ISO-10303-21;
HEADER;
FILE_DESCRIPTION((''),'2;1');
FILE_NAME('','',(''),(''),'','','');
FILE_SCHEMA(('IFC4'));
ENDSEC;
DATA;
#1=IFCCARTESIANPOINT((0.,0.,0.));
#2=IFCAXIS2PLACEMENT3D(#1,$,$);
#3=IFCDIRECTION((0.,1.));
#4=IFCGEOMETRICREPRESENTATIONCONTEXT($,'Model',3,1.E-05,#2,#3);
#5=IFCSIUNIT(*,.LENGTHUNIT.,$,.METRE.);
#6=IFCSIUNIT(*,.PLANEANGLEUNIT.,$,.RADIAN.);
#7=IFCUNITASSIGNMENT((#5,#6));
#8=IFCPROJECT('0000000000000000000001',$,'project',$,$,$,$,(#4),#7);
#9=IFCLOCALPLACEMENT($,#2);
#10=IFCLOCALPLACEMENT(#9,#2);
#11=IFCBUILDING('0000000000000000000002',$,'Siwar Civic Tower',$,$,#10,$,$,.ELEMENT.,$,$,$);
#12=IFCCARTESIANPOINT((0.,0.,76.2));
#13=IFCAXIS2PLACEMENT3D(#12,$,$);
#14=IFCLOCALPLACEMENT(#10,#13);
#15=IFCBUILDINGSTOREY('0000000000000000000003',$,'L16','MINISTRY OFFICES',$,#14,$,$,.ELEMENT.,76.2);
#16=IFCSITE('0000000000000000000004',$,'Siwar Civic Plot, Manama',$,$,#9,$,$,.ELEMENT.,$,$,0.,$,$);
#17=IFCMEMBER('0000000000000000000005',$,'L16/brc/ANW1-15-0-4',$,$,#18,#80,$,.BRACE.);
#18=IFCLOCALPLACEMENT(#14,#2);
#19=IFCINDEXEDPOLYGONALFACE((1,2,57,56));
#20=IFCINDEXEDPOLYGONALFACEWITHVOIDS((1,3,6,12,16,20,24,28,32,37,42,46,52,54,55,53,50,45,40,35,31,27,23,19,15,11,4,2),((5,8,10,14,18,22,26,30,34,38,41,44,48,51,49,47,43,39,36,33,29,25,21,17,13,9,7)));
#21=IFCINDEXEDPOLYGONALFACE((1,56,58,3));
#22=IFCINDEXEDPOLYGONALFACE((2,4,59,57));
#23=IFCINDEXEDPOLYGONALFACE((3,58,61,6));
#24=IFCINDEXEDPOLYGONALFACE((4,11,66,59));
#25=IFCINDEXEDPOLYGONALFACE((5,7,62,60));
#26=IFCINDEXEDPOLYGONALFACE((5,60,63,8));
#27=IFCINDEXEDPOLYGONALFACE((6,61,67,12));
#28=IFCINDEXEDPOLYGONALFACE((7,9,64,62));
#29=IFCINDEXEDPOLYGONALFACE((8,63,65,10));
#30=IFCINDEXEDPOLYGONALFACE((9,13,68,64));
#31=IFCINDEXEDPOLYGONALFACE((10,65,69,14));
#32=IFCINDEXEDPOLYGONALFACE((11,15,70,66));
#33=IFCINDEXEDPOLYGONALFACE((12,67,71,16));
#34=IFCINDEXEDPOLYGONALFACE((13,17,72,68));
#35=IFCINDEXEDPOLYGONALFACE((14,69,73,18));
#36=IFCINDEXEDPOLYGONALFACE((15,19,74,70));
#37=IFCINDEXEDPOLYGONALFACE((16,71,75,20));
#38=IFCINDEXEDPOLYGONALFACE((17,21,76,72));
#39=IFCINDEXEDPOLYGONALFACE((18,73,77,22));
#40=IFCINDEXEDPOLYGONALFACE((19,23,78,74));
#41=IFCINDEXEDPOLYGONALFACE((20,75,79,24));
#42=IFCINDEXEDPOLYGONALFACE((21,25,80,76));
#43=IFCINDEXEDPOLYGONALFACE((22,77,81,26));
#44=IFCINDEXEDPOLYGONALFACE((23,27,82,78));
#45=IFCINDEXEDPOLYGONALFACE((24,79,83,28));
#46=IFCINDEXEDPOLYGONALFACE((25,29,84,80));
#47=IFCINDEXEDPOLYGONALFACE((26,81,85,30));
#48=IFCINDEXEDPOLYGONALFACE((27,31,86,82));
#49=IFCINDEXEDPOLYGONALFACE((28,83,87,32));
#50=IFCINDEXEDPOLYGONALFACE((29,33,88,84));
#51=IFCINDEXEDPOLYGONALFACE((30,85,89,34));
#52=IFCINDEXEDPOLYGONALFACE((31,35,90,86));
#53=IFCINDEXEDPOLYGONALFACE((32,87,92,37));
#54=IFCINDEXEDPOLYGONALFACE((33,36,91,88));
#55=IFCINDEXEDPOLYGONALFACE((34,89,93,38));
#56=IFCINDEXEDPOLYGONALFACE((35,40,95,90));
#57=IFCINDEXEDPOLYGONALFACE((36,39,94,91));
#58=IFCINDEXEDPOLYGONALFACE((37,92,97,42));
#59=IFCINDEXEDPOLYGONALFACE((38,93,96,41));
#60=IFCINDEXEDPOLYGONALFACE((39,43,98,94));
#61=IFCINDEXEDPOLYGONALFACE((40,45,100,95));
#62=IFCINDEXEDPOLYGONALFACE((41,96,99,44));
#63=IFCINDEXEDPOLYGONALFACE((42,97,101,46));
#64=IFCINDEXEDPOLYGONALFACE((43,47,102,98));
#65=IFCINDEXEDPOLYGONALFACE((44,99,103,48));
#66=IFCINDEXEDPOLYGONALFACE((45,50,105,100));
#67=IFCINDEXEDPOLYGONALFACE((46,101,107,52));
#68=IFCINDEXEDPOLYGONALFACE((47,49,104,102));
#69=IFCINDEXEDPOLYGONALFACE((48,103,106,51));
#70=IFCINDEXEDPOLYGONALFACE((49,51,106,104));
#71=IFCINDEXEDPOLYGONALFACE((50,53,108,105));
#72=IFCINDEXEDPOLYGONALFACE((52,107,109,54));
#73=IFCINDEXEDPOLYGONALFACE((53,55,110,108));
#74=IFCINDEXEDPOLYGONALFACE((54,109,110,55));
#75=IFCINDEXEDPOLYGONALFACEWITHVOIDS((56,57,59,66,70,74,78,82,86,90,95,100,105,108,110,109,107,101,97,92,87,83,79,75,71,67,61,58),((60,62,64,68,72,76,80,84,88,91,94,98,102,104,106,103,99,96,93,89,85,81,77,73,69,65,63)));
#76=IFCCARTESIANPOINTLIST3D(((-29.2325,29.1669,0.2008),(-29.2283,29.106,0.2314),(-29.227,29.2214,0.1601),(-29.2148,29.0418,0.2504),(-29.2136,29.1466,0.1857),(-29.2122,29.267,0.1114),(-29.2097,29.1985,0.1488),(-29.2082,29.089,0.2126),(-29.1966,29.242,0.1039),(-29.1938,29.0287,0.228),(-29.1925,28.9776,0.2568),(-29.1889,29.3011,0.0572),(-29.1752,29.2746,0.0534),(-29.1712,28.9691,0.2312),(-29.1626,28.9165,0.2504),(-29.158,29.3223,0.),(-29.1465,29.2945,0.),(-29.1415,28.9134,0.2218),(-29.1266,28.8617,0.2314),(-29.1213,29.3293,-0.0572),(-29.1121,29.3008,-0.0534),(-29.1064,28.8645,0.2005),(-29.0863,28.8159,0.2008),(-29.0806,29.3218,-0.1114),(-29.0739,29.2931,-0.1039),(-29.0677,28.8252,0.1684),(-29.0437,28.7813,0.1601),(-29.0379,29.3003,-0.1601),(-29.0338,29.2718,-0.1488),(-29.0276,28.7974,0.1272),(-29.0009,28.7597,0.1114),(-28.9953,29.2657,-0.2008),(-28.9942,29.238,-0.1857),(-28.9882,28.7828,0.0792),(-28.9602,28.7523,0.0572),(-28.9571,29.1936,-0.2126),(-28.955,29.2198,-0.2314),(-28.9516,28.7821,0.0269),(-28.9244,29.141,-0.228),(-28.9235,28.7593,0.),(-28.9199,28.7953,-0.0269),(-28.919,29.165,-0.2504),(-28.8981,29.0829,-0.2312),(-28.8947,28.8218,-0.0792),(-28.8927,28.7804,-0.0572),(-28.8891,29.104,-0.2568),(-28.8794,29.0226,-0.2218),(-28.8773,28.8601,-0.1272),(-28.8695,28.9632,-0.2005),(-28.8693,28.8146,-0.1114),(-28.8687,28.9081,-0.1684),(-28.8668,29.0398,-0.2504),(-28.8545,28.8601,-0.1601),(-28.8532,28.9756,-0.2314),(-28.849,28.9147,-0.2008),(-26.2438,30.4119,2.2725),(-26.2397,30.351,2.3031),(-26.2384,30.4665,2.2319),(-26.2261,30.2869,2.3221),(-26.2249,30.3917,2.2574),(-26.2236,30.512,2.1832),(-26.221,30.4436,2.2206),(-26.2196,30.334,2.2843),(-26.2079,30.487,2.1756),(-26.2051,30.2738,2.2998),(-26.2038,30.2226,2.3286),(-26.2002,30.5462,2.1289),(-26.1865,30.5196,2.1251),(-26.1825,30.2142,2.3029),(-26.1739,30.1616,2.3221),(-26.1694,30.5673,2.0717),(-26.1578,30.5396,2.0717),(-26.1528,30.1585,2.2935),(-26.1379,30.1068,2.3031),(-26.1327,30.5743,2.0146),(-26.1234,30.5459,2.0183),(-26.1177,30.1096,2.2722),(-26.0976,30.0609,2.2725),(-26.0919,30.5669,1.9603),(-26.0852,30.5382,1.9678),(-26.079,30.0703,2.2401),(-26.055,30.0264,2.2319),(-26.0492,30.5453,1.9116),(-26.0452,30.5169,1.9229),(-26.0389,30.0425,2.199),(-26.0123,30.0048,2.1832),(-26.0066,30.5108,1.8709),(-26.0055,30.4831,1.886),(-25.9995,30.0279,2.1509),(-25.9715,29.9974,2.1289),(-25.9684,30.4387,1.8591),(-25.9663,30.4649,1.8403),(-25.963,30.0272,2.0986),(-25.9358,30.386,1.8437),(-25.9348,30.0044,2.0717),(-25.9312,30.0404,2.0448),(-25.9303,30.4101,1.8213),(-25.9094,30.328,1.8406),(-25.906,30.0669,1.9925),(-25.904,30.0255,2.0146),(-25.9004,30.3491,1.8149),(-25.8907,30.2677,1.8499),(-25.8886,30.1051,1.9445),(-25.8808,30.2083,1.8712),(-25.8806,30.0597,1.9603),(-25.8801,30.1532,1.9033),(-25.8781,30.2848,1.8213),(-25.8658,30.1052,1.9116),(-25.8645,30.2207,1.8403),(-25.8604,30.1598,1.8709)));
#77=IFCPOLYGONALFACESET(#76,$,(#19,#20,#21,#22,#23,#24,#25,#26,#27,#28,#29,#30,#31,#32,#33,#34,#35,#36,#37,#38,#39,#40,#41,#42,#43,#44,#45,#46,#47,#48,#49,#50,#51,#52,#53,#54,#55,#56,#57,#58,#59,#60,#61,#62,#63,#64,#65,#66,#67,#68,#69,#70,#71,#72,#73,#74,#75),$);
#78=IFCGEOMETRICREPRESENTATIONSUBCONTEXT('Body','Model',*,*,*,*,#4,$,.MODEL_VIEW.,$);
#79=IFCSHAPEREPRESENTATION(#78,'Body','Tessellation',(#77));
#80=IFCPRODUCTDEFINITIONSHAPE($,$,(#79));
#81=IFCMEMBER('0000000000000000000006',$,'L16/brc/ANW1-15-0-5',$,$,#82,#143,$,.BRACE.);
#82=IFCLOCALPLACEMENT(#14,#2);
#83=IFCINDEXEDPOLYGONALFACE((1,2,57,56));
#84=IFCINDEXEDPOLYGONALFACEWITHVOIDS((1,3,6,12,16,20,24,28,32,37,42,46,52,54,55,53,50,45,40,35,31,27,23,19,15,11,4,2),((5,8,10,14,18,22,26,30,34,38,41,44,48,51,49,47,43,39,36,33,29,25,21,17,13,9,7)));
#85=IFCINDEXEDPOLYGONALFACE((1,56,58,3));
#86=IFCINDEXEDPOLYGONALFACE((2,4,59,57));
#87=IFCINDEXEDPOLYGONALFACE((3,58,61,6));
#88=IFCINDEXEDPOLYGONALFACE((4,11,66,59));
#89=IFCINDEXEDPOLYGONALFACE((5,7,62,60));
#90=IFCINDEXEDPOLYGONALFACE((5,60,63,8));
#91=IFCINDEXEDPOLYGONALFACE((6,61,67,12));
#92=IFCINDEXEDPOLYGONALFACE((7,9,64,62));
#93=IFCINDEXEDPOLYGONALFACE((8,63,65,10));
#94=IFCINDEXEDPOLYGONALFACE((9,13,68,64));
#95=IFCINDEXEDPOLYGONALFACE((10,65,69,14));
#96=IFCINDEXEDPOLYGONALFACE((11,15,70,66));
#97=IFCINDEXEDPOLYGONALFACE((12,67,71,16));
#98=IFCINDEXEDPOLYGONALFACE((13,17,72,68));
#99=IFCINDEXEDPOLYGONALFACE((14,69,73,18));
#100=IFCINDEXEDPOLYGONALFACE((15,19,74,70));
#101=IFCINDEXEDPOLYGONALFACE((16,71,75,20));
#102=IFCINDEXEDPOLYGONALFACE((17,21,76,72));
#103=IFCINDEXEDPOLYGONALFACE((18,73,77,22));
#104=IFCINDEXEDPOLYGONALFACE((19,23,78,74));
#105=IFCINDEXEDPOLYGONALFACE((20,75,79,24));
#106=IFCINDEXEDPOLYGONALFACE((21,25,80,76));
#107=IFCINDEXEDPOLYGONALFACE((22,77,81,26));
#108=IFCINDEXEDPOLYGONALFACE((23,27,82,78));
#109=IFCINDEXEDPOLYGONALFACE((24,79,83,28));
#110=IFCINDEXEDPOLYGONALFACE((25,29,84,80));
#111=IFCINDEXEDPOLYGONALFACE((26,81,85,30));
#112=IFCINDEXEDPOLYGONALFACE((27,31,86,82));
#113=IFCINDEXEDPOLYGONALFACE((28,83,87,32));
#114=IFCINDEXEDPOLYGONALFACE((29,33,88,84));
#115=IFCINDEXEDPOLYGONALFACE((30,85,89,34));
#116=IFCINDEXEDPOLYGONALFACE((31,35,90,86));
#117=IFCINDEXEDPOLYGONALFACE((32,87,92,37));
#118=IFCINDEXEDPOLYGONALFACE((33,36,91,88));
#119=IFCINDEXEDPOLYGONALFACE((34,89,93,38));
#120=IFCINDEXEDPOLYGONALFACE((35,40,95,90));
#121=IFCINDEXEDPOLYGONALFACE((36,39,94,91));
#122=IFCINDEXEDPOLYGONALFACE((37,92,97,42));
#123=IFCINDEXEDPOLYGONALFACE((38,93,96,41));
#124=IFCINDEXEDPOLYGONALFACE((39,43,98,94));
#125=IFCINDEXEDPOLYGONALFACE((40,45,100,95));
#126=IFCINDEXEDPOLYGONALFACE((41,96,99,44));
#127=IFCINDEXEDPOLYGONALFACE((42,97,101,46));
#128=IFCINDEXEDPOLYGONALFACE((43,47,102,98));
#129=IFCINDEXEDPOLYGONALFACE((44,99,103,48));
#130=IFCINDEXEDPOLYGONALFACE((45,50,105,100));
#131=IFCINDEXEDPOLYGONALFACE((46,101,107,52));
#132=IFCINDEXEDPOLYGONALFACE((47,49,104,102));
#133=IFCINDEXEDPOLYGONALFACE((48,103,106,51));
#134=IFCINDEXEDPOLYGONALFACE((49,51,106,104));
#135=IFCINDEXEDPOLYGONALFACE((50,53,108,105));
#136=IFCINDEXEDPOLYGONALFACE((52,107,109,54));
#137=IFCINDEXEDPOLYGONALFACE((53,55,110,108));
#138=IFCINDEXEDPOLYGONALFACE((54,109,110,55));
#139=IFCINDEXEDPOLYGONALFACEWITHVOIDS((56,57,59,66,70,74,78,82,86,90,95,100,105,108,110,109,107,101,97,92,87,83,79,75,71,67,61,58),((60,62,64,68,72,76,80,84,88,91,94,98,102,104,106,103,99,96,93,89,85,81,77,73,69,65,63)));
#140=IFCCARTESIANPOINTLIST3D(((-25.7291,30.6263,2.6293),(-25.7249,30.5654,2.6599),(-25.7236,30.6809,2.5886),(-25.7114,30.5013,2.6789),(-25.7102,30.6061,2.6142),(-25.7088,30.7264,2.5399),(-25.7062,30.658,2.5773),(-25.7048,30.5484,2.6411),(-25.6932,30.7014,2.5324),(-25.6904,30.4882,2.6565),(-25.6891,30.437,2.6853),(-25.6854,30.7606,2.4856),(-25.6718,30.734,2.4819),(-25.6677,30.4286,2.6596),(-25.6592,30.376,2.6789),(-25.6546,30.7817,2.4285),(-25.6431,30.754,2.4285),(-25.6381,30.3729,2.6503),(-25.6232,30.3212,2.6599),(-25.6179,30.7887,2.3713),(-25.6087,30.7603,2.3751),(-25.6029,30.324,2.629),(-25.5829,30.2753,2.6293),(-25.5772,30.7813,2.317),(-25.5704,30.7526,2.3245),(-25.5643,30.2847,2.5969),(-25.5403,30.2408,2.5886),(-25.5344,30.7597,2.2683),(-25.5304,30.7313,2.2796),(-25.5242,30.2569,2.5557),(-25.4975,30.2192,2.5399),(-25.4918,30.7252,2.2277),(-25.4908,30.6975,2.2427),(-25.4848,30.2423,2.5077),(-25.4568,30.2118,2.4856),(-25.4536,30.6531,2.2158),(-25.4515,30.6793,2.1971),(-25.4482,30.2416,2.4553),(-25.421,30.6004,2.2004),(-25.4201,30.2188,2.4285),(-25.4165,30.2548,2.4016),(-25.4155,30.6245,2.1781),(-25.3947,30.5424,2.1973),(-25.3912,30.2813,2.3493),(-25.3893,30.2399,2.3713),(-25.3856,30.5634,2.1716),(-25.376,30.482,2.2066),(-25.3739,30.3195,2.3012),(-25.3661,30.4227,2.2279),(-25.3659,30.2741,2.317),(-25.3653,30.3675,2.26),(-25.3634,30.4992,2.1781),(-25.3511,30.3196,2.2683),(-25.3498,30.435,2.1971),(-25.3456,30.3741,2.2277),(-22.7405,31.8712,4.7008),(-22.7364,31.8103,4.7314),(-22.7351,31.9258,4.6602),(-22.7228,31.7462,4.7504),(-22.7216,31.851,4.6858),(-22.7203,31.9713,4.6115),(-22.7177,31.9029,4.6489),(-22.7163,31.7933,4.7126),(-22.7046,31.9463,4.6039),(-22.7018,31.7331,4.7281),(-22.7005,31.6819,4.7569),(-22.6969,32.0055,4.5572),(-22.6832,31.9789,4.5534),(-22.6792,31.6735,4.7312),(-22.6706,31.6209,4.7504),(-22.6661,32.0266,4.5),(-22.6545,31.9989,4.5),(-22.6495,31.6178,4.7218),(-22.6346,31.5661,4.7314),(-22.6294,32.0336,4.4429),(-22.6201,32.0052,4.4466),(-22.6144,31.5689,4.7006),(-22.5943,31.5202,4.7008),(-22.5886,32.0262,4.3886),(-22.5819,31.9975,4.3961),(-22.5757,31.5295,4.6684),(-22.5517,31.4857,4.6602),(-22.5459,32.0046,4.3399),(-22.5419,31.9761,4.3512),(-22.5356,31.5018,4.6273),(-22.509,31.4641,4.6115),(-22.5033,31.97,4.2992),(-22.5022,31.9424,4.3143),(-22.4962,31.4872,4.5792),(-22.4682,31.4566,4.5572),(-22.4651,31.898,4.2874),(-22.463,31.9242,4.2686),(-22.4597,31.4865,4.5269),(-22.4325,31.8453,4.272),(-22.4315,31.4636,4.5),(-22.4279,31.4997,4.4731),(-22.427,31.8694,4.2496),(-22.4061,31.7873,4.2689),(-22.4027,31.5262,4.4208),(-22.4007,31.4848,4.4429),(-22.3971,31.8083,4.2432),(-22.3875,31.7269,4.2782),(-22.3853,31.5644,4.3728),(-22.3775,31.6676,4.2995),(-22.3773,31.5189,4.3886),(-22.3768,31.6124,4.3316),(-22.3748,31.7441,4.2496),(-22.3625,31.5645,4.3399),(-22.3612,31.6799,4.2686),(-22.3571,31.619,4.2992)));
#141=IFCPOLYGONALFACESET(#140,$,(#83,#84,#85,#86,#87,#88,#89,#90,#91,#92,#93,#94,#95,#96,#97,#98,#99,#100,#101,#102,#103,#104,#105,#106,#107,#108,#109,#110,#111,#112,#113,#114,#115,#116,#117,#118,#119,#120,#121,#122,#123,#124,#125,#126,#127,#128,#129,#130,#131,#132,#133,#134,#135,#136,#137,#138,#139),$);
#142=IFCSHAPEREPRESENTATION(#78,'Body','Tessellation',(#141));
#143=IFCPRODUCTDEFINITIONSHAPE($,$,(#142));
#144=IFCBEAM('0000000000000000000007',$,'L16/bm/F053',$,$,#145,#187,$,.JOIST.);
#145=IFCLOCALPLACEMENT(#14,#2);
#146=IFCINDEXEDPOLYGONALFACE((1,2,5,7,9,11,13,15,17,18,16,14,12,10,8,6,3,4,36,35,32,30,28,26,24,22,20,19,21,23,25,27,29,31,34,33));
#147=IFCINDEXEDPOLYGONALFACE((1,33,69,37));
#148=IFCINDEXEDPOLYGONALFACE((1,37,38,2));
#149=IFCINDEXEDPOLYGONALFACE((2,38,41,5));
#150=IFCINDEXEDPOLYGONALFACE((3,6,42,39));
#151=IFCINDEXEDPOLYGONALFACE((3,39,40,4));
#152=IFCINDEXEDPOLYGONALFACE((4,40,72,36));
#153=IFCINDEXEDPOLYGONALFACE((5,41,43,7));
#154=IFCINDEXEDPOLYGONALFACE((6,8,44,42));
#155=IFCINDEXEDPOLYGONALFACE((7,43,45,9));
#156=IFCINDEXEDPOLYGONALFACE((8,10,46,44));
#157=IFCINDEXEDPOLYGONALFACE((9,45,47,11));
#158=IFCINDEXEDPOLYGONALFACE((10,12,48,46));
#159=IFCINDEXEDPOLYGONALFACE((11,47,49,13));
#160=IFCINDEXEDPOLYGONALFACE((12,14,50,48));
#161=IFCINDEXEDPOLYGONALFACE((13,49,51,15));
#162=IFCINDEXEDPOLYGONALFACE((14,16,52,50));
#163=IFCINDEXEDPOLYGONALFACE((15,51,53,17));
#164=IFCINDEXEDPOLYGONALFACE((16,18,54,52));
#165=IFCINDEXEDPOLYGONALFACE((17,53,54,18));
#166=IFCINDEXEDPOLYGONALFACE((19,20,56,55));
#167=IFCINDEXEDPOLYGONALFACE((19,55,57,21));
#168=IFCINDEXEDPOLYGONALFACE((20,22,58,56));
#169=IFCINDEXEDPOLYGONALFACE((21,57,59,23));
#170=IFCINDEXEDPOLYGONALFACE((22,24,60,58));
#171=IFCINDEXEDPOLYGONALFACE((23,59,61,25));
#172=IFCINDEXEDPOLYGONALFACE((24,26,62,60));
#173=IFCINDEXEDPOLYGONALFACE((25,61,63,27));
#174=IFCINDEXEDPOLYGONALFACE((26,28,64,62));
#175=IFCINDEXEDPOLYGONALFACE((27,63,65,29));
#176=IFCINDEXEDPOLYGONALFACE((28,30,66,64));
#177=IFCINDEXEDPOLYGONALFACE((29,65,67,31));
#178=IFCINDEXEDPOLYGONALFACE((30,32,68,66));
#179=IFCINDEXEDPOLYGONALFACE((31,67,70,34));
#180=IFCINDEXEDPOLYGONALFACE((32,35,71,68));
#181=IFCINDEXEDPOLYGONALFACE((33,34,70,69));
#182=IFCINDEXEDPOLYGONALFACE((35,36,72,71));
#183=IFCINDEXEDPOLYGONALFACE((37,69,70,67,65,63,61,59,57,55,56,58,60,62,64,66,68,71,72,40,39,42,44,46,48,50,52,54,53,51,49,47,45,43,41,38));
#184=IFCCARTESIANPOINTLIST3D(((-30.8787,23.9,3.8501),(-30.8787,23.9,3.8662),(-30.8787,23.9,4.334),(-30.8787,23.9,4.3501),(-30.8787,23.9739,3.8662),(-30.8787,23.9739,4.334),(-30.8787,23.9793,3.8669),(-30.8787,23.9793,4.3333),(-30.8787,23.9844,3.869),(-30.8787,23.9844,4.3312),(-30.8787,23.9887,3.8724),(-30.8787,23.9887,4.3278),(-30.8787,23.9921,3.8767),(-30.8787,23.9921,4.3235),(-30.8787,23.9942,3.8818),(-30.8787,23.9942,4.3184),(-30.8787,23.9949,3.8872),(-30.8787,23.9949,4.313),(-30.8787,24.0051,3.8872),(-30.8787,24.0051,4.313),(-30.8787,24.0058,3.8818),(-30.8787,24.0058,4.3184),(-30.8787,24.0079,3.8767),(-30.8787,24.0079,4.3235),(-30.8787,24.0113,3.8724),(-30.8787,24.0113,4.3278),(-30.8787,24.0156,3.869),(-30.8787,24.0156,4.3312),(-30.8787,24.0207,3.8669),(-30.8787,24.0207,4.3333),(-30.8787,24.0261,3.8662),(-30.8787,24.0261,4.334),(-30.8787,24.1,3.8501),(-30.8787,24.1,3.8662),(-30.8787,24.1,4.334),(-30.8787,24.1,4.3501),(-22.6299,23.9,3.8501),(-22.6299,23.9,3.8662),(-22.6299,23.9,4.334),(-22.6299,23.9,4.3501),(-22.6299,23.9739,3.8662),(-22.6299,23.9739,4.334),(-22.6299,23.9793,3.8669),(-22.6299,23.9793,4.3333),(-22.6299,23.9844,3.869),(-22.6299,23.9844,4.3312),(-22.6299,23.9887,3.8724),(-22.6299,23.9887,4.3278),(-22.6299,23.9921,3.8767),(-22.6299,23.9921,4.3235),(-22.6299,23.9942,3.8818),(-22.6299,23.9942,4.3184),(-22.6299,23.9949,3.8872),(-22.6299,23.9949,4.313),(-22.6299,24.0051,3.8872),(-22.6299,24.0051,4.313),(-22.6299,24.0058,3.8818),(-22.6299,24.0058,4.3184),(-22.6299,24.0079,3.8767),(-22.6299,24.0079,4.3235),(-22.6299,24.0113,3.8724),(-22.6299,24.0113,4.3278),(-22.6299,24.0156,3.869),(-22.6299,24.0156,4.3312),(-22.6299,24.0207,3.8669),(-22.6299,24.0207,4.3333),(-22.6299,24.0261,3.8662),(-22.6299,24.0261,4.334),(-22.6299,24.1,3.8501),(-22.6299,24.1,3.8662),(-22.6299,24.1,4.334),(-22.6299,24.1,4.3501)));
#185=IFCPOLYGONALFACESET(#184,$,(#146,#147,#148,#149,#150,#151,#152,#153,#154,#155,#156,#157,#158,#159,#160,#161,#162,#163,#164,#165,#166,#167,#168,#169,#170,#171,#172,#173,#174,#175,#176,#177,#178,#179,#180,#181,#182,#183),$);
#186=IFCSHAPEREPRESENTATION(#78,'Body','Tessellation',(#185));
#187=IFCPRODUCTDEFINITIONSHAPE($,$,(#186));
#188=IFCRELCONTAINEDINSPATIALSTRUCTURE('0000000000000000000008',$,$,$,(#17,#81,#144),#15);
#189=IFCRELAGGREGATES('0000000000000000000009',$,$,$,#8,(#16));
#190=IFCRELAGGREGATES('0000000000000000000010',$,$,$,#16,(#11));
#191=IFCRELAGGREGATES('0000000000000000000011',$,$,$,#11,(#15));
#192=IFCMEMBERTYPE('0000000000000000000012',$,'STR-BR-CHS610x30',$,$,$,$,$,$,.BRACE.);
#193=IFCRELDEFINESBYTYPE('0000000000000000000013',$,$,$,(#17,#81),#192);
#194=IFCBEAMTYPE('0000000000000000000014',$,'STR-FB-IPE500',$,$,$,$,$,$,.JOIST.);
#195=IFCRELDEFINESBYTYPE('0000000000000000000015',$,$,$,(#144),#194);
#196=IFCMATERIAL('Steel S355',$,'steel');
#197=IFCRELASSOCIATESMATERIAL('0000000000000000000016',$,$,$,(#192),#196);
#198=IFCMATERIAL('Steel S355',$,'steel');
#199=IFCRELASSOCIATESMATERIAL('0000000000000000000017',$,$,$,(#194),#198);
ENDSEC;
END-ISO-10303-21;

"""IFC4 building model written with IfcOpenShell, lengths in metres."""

from ifc_helpers import new_model, si_unit, direction, frame, origin, origin_2d, place, context, subcontext, project, spatial, hollow_circle, i_section, extrude, material, material_profile, profile_set, type_object, element, save


model = new_model("IFC4")

# Units and contexts
model_context = context("Model", 3, precision=1e-05, world=origin(), true_north=direction((0.0, 1.0)))
body_context = subcontext(model_context, "Body", "Model", "MODEL_VIEW")
ifc_project = project(units=[si_unit("LENGTHUNIT", "METRE"), si_unit("PLANEANGLEUNIT", "RADIAN")], contexts=[model_context])

# Site, building, storey
site_placement = place(None, origin())
site = spatial("IfcSite", under=ifc_project, at=site_placement, Name="Siwar Civic Plot, Manama", CompositionType="ELEMENT", RefElevation=0.0)
building_placement = place(site_placement, origin())
building = spatial("IfcBuilding", under=site, at=building_placement, Name="Siwar Civic Tower", CompositionType="ELEMENT")
storey_placement = place(building_placement, frame((0.0, 0.0, 76.2)))
storey = spatial("IfcBuildingStorey", under=building, at=storey_placement, Name="L16", Description="MINISTRY OFFICES", CompositionType="ELEMENT", Elevation=76.2)

# Members
ifc_material_1 = material(Name="Steel S355", Category="steel")
ifc_material_profile_1 = material_profile(ifc_material_1, hollow_circle(Radius=0.3049, WallThickness=0.03, at=origin_2d()), Name="CHS610x30")
ifc_profile_set_1 = profile_set([ifc_material_profile_1], Name="Steel S355")
member_type_1 = type_object("IfcMemberType", Name="STR-BR-CHS610x30", PredefinedType="BRACE", material=ifc_profile_set_1)
member_1_placement = place(storey_placement, frame((-29.0408, 29.0408, 0.0), z_axis=(0.777542, 0.323923, 0.538982), x_axis=(-0.384562, 0.923099, 0.0)))
element("IfcMember", 1, at=member_1_placement, inside=storey, type_object=member_type_1, Name="L16/brc/ANW1-15-0-4", PredefinedType="BRACE", context=body_context, shape_type="SweptSolid", body=[
    extrude(hollow_circle(Radius=0.3049, WallThickness=0.03, at=origin_2d()), origin(), (0.0, 0.0, 1.0), 3.8438),
])
member_2_placement = place(storey_placement, frame((-25.5374, 30.5002, 2.4285), z_axis=(0.77756, 0.323893, 0.538975), x_axis=(-0.384524, 0.923115, 0.0)))
element("IfcMember", 2, at=member_2_placement, inside=storey, type_object=member_type_1, Name="L16/brc/ANW1-15-0-5", PredefinedType="BRACE", context=body_context, shape_type="SweptSolid", body=[
    extrude(hollow_circle(Radius=0.3049, WallThickness=0.03, at=origin_2d()), origin(), (0.0, 0.0, 1.0), 3.8435),
])

# Beam
ifc_material_2 = material(Name="Steel S355", Category="steel")
ifc_material_profile_2 = material_profile(ifc_material_2, i_section(OverallWidth=0.2, OverallDepth=0.5, WebThickness=0.0103, FlangeThickness=0.0161, FilletRadius=0.021, at=origin_2d()), Name="IPE500")
ifc_profile_set_2 = profile_set([ifc_material_profile_2], Name="Steel S355")
beam_type_1 = type_object("IfcBeamType", Name="STR-FB-IPE500", PredefinedType="JOIST", material=ifc_profile_set_2)
beam_1_placement = place(storey_placement, frame((-30.8787, 24.0, 4.1001), z_axis=(1.0, 0.0, 0.0), x_axis=(0.0, 1.0, 0.0)))
element("IfcBeam", 3, at=beam_1_placement, inside=storey, type_object=beam_type_1, Name="L16/bm/F053", PredefinedType="JOIST", context=body_context, shape_type="SweptSolid", body=[
    extrude(i_section(OverallWidth=0.2, OverallDepth=0.5, WebThickness=0.0103, FlangeThickness=0.0161, FilletRadius=0.021, at=origin_2d()), origin(), (0.0, 0.0, 1.0), 8.2488),
])

save(model, "model.ifc")
